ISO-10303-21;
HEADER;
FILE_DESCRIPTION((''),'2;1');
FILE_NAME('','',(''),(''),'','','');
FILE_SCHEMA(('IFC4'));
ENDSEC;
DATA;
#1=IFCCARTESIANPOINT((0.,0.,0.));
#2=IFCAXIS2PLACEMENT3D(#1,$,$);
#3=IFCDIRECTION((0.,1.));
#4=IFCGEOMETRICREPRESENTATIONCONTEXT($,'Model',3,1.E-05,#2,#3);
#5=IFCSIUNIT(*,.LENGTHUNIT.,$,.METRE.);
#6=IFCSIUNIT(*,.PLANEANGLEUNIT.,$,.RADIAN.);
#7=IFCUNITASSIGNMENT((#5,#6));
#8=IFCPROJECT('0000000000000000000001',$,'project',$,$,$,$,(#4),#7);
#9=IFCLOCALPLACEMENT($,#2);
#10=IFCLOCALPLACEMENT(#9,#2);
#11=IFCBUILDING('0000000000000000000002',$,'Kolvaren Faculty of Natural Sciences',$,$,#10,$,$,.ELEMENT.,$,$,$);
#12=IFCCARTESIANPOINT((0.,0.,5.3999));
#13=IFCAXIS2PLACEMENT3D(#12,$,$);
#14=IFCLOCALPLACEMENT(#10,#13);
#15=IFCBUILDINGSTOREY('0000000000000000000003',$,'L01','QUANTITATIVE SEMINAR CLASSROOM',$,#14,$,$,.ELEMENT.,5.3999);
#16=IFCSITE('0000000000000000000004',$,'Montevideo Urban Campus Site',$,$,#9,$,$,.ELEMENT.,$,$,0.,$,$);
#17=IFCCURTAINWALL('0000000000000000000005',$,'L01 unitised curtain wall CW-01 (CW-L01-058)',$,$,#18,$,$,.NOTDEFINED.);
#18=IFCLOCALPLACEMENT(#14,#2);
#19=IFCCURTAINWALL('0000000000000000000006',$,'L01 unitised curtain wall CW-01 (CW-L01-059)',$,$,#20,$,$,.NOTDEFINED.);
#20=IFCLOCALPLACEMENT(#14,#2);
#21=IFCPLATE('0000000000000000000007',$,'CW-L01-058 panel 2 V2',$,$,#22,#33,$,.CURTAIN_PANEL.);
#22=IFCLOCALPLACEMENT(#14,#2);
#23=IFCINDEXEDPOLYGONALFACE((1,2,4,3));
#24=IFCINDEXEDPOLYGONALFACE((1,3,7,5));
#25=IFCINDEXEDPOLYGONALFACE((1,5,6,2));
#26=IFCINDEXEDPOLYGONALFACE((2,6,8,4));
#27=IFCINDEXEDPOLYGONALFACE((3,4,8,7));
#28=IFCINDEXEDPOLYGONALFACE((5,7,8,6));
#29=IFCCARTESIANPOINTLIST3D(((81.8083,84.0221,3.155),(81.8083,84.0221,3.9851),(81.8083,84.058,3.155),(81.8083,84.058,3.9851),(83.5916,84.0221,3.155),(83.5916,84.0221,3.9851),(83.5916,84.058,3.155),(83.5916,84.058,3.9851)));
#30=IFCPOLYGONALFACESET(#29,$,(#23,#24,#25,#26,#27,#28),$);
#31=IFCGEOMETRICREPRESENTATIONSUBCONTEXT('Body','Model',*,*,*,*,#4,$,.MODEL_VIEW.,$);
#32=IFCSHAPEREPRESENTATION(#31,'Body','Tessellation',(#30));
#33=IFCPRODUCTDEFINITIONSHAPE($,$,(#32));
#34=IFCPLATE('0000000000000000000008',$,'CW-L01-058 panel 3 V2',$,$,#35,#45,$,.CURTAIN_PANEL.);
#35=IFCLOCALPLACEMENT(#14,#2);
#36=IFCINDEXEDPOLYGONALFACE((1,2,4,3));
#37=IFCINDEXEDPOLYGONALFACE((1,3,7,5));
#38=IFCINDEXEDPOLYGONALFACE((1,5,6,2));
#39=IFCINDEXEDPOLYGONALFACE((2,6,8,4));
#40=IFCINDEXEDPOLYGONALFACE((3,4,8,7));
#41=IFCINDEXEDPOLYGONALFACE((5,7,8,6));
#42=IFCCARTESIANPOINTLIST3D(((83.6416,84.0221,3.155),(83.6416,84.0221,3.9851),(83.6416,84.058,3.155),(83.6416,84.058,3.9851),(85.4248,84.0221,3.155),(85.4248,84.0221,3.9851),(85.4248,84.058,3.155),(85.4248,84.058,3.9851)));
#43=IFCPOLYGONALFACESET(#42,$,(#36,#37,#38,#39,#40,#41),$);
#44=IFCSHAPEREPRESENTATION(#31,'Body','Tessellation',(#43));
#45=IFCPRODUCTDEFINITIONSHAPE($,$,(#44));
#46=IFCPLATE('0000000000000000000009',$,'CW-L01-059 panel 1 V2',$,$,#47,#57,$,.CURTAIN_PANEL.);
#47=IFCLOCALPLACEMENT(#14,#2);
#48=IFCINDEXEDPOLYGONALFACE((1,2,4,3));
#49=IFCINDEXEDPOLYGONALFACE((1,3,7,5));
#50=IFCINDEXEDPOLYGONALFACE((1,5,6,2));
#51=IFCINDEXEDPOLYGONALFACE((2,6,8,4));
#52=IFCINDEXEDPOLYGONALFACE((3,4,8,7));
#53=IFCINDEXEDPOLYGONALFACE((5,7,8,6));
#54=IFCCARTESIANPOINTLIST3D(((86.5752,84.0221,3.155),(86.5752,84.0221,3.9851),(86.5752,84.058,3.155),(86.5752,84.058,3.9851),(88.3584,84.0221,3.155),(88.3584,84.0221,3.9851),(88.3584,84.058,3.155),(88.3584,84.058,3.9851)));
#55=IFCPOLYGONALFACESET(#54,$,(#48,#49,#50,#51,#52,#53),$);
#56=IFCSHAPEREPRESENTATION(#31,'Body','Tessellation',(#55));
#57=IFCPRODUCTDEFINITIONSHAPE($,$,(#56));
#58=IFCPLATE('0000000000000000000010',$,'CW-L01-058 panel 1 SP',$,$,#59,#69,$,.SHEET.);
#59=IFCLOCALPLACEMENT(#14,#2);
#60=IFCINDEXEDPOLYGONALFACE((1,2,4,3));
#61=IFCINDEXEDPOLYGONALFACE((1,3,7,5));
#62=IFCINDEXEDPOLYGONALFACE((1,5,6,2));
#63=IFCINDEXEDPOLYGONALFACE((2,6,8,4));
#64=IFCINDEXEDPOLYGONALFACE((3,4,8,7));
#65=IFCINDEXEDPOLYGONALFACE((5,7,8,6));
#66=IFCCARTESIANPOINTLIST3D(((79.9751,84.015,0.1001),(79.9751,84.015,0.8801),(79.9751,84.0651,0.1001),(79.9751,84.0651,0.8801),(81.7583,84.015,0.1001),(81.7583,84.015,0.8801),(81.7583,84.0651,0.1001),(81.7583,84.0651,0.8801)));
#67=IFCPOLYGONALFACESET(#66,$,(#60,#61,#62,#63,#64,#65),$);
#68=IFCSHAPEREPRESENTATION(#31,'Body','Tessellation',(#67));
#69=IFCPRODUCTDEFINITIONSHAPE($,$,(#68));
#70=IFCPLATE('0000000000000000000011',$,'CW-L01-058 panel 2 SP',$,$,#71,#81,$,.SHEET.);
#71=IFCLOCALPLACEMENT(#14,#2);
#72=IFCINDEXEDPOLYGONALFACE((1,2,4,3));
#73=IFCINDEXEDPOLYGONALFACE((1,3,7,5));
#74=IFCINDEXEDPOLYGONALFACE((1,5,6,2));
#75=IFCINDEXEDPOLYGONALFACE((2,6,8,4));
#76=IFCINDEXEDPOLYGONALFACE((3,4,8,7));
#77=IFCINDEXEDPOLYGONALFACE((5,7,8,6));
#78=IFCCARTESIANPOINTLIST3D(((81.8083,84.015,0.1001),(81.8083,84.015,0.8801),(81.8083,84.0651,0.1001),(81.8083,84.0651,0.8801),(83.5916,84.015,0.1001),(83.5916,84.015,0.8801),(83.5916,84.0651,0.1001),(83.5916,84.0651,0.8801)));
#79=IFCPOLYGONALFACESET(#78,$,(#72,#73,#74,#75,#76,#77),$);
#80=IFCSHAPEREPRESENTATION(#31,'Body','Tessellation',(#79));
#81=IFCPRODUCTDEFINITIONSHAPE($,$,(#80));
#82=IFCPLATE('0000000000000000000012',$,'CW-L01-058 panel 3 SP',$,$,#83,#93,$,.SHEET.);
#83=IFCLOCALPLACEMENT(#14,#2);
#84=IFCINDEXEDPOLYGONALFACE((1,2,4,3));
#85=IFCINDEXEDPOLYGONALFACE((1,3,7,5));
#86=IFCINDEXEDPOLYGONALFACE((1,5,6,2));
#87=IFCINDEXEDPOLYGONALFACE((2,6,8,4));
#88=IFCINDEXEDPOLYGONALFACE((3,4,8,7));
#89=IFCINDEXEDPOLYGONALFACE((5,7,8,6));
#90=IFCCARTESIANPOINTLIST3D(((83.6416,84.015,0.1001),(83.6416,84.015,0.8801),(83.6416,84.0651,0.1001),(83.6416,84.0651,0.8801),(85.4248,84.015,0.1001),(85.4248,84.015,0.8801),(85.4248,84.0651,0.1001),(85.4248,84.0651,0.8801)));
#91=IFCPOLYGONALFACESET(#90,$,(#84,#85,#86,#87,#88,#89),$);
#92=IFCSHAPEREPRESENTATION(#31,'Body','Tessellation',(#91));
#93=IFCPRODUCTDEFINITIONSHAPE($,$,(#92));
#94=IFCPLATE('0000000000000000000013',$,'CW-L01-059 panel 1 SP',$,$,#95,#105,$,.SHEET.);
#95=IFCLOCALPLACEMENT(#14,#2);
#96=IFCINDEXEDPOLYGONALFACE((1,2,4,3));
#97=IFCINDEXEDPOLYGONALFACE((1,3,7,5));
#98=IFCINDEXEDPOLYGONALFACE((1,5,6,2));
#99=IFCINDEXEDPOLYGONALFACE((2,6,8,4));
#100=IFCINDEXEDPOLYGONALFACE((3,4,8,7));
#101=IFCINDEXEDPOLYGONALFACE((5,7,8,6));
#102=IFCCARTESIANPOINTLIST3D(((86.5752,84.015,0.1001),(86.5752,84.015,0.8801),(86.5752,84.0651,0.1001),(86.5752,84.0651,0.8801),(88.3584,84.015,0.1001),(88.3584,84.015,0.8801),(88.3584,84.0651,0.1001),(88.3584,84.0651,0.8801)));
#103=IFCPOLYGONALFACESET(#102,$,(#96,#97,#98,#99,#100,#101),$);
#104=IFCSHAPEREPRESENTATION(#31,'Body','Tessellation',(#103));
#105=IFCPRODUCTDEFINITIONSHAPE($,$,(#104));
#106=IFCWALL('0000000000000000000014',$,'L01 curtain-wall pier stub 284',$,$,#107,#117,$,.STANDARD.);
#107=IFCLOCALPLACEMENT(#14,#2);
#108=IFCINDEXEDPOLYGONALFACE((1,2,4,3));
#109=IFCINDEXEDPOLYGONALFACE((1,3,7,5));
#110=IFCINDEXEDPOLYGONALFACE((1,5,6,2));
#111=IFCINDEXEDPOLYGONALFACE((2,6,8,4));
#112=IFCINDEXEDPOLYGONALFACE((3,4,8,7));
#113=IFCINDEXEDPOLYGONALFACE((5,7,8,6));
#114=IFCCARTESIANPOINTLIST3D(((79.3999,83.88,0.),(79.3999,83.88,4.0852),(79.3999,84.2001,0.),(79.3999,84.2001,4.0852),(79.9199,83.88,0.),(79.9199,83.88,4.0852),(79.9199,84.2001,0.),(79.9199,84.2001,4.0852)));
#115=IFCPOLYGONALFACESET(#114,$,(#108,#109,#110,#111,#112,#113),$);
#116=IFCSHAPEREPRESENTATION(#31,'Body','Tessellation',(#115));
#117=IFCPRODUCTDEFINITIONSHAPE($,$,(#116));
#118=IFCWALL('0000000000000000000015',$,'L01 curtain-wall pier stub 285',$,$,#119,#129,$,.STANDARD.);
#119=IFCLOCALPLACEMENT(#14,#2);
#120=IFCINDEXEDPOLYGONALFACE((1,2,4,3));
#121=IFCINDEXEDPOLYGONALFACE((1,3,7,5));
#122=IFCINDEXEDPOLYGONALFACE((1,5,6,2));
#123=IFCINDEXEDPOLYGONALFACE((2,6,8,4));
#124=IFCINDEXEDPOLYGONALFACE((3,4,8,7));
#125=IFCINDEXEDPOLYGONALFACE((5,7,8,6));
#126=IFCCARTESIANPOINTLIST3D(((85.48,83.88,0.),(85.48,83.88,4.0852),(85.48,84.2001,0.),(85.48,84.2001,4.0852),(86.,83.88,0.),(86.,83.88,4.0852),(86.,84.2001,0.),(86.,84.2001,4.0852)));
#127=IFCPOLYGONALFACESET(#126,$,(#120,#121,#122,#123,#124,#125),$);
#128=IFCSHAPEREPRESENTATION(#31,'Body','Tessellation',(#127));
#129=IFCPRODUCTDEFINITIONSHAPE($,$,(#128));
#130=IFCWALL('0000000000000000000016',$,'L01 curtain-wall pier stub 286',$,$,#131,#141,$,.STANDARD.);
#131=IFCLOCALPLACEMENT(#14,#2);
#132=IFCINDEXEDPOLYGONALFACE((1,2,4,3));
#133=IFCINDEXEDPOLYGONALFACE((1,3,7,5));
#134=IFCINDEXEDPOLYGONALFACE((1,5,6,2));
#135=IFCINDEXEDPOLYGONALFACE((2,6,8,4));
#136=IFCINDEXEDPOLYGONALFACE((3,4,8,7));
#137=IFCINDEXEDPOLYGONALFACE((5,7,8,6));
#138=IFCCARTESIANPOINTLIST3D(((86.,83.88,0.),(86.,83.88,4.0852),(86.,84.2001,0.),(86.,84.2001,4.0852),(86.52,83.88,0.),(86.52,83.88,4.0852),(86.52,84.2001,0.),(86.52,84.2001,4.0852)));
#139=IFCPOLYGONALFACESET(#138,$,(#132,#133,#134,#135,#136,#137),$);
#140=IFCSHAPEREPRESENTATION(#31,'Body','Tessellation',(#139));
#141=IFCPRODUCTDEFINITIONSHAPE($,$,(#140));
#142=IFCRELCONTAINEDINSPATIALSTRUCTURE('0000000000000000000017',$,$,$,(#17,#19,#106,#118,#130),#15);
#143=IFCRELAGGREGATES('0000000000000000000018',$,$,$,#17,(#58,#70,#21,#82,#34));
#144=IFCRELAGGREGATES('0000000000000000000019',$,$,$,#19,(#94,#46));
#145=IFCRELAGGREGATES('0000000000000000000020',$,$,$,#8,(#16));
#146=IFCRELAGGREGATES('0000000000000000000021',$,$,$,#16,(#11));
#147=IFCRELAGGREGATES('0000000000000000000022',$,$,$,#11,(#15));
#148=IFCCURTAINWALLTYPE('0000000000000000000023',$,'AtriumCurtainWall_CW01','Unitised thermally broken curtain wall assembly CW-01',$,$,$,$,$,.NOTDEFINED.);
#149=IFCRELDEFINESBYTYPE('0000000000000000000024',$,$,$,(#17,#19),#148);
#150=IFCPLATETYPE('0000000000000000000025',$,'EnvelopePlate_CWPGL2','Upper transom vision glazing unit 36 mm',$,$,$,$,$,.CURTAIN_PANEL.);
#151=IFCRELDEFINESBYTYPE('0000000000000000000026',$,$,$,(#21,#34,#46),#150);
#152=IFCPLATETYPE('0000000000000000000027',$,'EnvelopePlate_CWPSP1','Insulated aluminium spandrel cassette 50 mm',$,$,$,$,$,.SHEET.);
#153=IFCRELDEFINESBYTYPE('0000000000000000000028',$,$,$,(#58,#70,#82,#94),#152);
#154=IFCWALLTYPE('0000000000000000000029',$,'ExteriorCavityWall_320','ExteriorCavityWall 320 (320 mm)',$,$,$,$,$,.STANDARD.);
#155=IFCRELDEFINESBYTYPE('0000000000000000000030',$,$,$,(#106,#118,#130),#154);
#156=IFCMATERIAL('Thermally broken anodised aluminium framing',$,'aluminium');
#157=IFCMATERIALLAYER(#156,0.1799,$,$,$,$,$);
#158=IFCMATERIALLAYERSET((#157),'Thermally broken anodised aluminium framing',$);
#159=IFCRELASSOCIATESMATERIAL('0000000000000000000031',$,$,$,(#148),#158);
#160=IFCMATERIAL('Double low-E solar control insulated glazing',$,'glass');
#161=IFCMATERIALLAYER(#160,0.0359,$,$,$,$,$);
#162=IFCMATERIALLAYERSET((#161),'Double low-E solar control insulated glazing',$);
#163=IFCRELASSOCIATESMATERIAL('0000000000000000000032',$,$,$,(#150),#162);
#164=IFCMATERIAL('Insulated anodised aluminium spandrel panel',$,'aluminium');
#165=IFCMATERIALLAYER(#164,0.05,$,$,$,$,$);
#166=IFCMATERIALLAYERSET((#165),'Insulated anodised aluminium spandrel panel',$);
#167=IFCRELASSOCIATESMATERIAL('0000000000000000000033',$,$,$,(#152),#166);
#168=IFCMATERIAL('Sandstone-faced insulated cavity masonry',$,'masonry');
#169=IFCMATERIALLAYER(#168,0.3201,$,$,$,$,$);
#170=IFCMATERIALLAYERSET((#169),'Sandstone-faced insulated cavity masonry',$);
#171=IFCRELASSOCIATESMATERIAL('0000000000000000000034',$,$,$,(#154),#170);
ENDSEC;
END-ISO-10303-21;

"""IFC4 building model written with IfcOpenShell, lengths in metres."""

from ifc_helpers import new_model, si_unit, direction, frame, frame_2d, origin, origin_2d, place, context, subcontext, project, spatial, rectangle, extrude, material, layer, layer_set, type_object, element, aggregate, save


model = new_model("IFC4")

# Units and contexts
model_context = context("Model", 3, precision=1e-05, world=origin(), true_north=direction((0.0, 1.0)))
body_context = subcontext(model_context, "Body", "Model", "MODEL_VIEW")
ifc_project = project(units=[si_unit("LENGTHUNIT", "METRE"), si_unit("PLANEANGLEUNIT", "RADIAN")], contexts=[model_context])

# Site, building, storey
site_placement = place(None, origin())
site = spatial("IfcSite", under=ifc_project, at=site_placement, Name="Montevideo Urban Campus Site", CompositionType="ELEMENT", RefElevation=0.0)
building_placement = place(site_placement, origin())
building = spatial("IfcBuilding", under=site, at=building_placement, Name="Kolvaren Faculty of Natural Sciences", CompositionType="ELEMENT")
storey_placement = place(building_placement, frame((0.0, 0.0, 5.3999)))
storey = spatial("IfcBuildingStorey", under=building, at=storey_placement, Name="L01", Description="QUANTITATIVE SEMINAR CLASSROOM", CompositionType="ELEMENT", Elevation=5.3999)

# Curtain walls
ifc_material_1 = material(Name="Thermally broken anodised aluminium framing", Category="aluminium")
ifc_layer_1 = layer(ifc_material_1, 0.1799)
ifc_layer_set_1 = layer_set([ifc_layer_1], Name="Thermally broken anodised aluminium framing")
curtain_wall_type = type_object("IfcCurtainWallType", Name="AtriumCurtainWall_CW01", Description="Unitised thermally broken curtain wall assembly CW-01", PredefinedType="NOTDEFINED", material=ifc_layer_set_1)
curtain_wall_1_placement = place(storey_placement, origin())
curtain_wall_1 = element("IfcCurtainWall", 1, at=curtain_wall_1_placement, inside=storey, type_object=curtain_wall_type, Name="L01 unitised curtain wall CW-01 (CW-L01-058)", PredefinedType="NOTDEFINED")
curtain_wall_2_placement = place(storey_placement, origin())
curtain_wall_2 = element("IfcCurtainWall", 2, at=curtain_wall_2_placement, inside=storey, type_object=curtain_wall_type, Name="L01 unitised curtain wall CW-01 (CW-L01-059)", PredefinedType="NOTDEFINED")

# Plates
ifc_material_2 = material(Name="Double low-E solar control insulated glazing", Category="glass")
ifc_layer_2 = layer(ifc_material_2, 0.0359)
ifc_layer_set_2 = layer_set([ifc_layer_2], Name="Double low-E solar control insulated glazing")
plate_type_1 = type_object("IfcPlateType", Name="EnvelopePlate_CWPGL2", Description="Upper transom vision glazing unit 36 mm", PredefinedType="CURTAIN_PANEL", material=ifc_layer_set_2)
plate_1_placement = place(storey_placement, frame((82.7, 84.04, 3.155), z_axis=(0.0, 0.0, 1.0), x_axis=(1.0, 0.0, 0.0)))
plate_1 = element("IfcPlate", 3, at=plate_1_placement, type_object=plate_type_1, Name="CW-L01-058 panel 2 V2", PredefinedType="CURTAIN_PANEL", context=body_context, shape_type="SweptSolid", body=[
    extrude(rectangle(XDim=1.7832, YDim=0.0359, at=origin_2d()), origin(), (0.0, 0.0, 1.0), 0.8301),
])
plate_2_placement = place(storey_placement, frame((84.5332, 84.04, 3.155), z_axis=(0.0, 0.0, 1.0), x_axis=(1.0, 0.0, 0.0)))
plate_2 = element("IfcPlate", 4, at=plate_2_placement, type_object=plate_type_1, Name="CW-L01-058 panel 3 V2", PredefinedType="CURTAIN_PANEL", context=body_context, shape_type="SweptSolid", body=[
    extrude(rectangle(XDim=1.7832, YDim=0.0359, at=origin_2d()), origin(), (0.0, 0.0, 1.0), 0.8301),
])
plate_3_placement = place(storey_placement, frame((87.4668, 84.04, 3.155), z_axis=(0.0, 0.0, 1.0), x_axis=(1.0, 0.0, 0.0)))
plate_3 = element("IfcPlate", 5, at=plate_3_placement, type_object=plate_type_1, Name="CW-L01-059 panel 1 V2", PredefinedType="CURTAIN_PANEL", context=body_context, shape_type="SweptSolid", body=[
    extrude(rectangle(XDim=1.7832, YDim=0.0359, at=origin_2d()), origin(), (0.0, 0.0, 1.0), 0.8301),
])
ifc_material_3 = material(Name="Insulated anodised aluminium spandrel panel", Category="aluminium")
ifc_layer_3 = layer(ifc_material_3, 0.05)
ifc_layer_set_3 = layer_set([ifc_layer_3], Name="Insulated anodised aluminium spandrel panel")
plate_type_2 = type_object("IfcPlateType", Name="EnvelopePlate_CWPSP1", Description="Insulated aluminium spandrel cassette 50 mm", PredefinedType="SHEET", material=ifc_layer_set_3)
plate_4_placement = place(storey_placement, frame((80.8667, 84.04, 0.1001), z_axis=(0.0, 0.0, 1.0), x_axis=(1.0, 0.0, 0.0)))
plate_4 = element("IfcPlate", 6, at=plate_4_placement, type_object=plate_type_2, Name="CW-L01-058 panel 1 SP", PredefinedType="SHEET", context=body_context, shape_type="SweptSolid", body=[
    extrude(rectangle(XDim=1.7832, YDim=0.05, at=origin_2d()), origin(), (0.0, 0.0, 1.0), 0.78),
])
plate_5_placement = place(storey_placement, frame((82.7, 84.04, 0.1001), z_axis=(0.0, 0.0, 1.0), x_axis=(1.0, 0.0, 0.0)))
plate_5 = element("IfcPlate", 7, at=plate_5_placement, type_object=plate_type_2, Name="CW-L01-058 panel 2 SP", PredefinedType="SHEET", context=body_context, shape_type="SweptSolid", body=[
    extrude(rectangle(XDim=1.7832, YDim=0.05, at=origin_2d()), origin(), (0.0, 0.0, 1.0), 0.78),
])
plate_6_placement = place(storey_placement, frame((84.5332, 84.04, 0.1001), z_axis=(0.0, 0.0, 1.0), x_axis=(1.0, 0.0, 0.0)))
plate_6 = element("IfcPlate", 8, at=plate_6_placement, type_object=plate_type_2, Name="CW-L01-058 panel 3 SP", PredefinedType="SHEET", context=body_context, shape_type="SweptSolid", body=[
    extrude(rectangle(XDim=1.7832, YDim=0.05, at=origin_2d()), origin(), (0.0, 0.0, 1.0), 0.78),
])
aggregate(curtain_wall_1, [plate_4, plate_5, plate_1, plate_6, plate_2])
plate_7_placement = place(storey_placement, frame((87.4668, 84.04, 0.1001), z_axis=(0.0, 0.0, 1.0), x_axis=(1.0, 0.0, 0.0)))
plate_7 = element("IfcPlate", 9, at=plate_7_placement, type_object=plate_type_2, Name="CW-L01-059 panel 1 SP", PredefinedType="SHEET", context=body_context, shape_type="SweptSolid", body=[
    extrude(rectangle(XDim=1.7832, YDim=0.05, at=origin_2d()), origin(), (0.0, 0.0, 1.0), 0.78),
])
aggregate(curtain_wall_2, [plate_7, plate_3])

# Walls
ifc_material_4 = material(Name="Sandstone-faced insulated cavity masonry", Category="masonry")
ifc_layer_4 = layer(ifc_material_4, 0.3201)
ifc_layer_set_4 = layer_set([ifc_layer_4], Name="Sandstone-faced insulated cavity masonry")
wall_type = type_object("IfcWallType", Name="ExteriorCavityWall_320", Description="ExteriorCavityWall 320 (320 mm)", PredefinedType="STANDARD", material=ifc_layer_set_4)
for number, where, z_axis, x_axis, name in (
    (10, (79.3999, 84.04, 0.0), (0.0, 0.0, 1.0), (1.0, 0.0, 0.0), "L01 curtain-wall pier stub 284"),
    (11, (85.48, 84.04, 0.0), (0.0, 0.0, 1.0), (1.0, 0.0, 0.0), "L01 curtain-wall pier stub 285"),
    (12, (86.0, 84.04, 0.0), (0.0, 0.0, 1.0), (1.0, 0.0, 0.0), "L01 curtain-wall pier stub 286"),
):
    element("IfcWall", number, at=place(storey_placement, frame(where, z_axis=z_axis, x_axis=x_axis)), inside=storey, type_object=wall_type, Name=name, PredefinedType="STANDARD", context=body_context, shape_type="SweptSolid", body=[
        extrude(rectangle(XDim=0.52, YDim=0.3201, at=frame_2d((0.26, 0.0))), origin(), (0.0, 0.0, 1.0), 4.0852),
    ])

save(model, "model.ifc")
